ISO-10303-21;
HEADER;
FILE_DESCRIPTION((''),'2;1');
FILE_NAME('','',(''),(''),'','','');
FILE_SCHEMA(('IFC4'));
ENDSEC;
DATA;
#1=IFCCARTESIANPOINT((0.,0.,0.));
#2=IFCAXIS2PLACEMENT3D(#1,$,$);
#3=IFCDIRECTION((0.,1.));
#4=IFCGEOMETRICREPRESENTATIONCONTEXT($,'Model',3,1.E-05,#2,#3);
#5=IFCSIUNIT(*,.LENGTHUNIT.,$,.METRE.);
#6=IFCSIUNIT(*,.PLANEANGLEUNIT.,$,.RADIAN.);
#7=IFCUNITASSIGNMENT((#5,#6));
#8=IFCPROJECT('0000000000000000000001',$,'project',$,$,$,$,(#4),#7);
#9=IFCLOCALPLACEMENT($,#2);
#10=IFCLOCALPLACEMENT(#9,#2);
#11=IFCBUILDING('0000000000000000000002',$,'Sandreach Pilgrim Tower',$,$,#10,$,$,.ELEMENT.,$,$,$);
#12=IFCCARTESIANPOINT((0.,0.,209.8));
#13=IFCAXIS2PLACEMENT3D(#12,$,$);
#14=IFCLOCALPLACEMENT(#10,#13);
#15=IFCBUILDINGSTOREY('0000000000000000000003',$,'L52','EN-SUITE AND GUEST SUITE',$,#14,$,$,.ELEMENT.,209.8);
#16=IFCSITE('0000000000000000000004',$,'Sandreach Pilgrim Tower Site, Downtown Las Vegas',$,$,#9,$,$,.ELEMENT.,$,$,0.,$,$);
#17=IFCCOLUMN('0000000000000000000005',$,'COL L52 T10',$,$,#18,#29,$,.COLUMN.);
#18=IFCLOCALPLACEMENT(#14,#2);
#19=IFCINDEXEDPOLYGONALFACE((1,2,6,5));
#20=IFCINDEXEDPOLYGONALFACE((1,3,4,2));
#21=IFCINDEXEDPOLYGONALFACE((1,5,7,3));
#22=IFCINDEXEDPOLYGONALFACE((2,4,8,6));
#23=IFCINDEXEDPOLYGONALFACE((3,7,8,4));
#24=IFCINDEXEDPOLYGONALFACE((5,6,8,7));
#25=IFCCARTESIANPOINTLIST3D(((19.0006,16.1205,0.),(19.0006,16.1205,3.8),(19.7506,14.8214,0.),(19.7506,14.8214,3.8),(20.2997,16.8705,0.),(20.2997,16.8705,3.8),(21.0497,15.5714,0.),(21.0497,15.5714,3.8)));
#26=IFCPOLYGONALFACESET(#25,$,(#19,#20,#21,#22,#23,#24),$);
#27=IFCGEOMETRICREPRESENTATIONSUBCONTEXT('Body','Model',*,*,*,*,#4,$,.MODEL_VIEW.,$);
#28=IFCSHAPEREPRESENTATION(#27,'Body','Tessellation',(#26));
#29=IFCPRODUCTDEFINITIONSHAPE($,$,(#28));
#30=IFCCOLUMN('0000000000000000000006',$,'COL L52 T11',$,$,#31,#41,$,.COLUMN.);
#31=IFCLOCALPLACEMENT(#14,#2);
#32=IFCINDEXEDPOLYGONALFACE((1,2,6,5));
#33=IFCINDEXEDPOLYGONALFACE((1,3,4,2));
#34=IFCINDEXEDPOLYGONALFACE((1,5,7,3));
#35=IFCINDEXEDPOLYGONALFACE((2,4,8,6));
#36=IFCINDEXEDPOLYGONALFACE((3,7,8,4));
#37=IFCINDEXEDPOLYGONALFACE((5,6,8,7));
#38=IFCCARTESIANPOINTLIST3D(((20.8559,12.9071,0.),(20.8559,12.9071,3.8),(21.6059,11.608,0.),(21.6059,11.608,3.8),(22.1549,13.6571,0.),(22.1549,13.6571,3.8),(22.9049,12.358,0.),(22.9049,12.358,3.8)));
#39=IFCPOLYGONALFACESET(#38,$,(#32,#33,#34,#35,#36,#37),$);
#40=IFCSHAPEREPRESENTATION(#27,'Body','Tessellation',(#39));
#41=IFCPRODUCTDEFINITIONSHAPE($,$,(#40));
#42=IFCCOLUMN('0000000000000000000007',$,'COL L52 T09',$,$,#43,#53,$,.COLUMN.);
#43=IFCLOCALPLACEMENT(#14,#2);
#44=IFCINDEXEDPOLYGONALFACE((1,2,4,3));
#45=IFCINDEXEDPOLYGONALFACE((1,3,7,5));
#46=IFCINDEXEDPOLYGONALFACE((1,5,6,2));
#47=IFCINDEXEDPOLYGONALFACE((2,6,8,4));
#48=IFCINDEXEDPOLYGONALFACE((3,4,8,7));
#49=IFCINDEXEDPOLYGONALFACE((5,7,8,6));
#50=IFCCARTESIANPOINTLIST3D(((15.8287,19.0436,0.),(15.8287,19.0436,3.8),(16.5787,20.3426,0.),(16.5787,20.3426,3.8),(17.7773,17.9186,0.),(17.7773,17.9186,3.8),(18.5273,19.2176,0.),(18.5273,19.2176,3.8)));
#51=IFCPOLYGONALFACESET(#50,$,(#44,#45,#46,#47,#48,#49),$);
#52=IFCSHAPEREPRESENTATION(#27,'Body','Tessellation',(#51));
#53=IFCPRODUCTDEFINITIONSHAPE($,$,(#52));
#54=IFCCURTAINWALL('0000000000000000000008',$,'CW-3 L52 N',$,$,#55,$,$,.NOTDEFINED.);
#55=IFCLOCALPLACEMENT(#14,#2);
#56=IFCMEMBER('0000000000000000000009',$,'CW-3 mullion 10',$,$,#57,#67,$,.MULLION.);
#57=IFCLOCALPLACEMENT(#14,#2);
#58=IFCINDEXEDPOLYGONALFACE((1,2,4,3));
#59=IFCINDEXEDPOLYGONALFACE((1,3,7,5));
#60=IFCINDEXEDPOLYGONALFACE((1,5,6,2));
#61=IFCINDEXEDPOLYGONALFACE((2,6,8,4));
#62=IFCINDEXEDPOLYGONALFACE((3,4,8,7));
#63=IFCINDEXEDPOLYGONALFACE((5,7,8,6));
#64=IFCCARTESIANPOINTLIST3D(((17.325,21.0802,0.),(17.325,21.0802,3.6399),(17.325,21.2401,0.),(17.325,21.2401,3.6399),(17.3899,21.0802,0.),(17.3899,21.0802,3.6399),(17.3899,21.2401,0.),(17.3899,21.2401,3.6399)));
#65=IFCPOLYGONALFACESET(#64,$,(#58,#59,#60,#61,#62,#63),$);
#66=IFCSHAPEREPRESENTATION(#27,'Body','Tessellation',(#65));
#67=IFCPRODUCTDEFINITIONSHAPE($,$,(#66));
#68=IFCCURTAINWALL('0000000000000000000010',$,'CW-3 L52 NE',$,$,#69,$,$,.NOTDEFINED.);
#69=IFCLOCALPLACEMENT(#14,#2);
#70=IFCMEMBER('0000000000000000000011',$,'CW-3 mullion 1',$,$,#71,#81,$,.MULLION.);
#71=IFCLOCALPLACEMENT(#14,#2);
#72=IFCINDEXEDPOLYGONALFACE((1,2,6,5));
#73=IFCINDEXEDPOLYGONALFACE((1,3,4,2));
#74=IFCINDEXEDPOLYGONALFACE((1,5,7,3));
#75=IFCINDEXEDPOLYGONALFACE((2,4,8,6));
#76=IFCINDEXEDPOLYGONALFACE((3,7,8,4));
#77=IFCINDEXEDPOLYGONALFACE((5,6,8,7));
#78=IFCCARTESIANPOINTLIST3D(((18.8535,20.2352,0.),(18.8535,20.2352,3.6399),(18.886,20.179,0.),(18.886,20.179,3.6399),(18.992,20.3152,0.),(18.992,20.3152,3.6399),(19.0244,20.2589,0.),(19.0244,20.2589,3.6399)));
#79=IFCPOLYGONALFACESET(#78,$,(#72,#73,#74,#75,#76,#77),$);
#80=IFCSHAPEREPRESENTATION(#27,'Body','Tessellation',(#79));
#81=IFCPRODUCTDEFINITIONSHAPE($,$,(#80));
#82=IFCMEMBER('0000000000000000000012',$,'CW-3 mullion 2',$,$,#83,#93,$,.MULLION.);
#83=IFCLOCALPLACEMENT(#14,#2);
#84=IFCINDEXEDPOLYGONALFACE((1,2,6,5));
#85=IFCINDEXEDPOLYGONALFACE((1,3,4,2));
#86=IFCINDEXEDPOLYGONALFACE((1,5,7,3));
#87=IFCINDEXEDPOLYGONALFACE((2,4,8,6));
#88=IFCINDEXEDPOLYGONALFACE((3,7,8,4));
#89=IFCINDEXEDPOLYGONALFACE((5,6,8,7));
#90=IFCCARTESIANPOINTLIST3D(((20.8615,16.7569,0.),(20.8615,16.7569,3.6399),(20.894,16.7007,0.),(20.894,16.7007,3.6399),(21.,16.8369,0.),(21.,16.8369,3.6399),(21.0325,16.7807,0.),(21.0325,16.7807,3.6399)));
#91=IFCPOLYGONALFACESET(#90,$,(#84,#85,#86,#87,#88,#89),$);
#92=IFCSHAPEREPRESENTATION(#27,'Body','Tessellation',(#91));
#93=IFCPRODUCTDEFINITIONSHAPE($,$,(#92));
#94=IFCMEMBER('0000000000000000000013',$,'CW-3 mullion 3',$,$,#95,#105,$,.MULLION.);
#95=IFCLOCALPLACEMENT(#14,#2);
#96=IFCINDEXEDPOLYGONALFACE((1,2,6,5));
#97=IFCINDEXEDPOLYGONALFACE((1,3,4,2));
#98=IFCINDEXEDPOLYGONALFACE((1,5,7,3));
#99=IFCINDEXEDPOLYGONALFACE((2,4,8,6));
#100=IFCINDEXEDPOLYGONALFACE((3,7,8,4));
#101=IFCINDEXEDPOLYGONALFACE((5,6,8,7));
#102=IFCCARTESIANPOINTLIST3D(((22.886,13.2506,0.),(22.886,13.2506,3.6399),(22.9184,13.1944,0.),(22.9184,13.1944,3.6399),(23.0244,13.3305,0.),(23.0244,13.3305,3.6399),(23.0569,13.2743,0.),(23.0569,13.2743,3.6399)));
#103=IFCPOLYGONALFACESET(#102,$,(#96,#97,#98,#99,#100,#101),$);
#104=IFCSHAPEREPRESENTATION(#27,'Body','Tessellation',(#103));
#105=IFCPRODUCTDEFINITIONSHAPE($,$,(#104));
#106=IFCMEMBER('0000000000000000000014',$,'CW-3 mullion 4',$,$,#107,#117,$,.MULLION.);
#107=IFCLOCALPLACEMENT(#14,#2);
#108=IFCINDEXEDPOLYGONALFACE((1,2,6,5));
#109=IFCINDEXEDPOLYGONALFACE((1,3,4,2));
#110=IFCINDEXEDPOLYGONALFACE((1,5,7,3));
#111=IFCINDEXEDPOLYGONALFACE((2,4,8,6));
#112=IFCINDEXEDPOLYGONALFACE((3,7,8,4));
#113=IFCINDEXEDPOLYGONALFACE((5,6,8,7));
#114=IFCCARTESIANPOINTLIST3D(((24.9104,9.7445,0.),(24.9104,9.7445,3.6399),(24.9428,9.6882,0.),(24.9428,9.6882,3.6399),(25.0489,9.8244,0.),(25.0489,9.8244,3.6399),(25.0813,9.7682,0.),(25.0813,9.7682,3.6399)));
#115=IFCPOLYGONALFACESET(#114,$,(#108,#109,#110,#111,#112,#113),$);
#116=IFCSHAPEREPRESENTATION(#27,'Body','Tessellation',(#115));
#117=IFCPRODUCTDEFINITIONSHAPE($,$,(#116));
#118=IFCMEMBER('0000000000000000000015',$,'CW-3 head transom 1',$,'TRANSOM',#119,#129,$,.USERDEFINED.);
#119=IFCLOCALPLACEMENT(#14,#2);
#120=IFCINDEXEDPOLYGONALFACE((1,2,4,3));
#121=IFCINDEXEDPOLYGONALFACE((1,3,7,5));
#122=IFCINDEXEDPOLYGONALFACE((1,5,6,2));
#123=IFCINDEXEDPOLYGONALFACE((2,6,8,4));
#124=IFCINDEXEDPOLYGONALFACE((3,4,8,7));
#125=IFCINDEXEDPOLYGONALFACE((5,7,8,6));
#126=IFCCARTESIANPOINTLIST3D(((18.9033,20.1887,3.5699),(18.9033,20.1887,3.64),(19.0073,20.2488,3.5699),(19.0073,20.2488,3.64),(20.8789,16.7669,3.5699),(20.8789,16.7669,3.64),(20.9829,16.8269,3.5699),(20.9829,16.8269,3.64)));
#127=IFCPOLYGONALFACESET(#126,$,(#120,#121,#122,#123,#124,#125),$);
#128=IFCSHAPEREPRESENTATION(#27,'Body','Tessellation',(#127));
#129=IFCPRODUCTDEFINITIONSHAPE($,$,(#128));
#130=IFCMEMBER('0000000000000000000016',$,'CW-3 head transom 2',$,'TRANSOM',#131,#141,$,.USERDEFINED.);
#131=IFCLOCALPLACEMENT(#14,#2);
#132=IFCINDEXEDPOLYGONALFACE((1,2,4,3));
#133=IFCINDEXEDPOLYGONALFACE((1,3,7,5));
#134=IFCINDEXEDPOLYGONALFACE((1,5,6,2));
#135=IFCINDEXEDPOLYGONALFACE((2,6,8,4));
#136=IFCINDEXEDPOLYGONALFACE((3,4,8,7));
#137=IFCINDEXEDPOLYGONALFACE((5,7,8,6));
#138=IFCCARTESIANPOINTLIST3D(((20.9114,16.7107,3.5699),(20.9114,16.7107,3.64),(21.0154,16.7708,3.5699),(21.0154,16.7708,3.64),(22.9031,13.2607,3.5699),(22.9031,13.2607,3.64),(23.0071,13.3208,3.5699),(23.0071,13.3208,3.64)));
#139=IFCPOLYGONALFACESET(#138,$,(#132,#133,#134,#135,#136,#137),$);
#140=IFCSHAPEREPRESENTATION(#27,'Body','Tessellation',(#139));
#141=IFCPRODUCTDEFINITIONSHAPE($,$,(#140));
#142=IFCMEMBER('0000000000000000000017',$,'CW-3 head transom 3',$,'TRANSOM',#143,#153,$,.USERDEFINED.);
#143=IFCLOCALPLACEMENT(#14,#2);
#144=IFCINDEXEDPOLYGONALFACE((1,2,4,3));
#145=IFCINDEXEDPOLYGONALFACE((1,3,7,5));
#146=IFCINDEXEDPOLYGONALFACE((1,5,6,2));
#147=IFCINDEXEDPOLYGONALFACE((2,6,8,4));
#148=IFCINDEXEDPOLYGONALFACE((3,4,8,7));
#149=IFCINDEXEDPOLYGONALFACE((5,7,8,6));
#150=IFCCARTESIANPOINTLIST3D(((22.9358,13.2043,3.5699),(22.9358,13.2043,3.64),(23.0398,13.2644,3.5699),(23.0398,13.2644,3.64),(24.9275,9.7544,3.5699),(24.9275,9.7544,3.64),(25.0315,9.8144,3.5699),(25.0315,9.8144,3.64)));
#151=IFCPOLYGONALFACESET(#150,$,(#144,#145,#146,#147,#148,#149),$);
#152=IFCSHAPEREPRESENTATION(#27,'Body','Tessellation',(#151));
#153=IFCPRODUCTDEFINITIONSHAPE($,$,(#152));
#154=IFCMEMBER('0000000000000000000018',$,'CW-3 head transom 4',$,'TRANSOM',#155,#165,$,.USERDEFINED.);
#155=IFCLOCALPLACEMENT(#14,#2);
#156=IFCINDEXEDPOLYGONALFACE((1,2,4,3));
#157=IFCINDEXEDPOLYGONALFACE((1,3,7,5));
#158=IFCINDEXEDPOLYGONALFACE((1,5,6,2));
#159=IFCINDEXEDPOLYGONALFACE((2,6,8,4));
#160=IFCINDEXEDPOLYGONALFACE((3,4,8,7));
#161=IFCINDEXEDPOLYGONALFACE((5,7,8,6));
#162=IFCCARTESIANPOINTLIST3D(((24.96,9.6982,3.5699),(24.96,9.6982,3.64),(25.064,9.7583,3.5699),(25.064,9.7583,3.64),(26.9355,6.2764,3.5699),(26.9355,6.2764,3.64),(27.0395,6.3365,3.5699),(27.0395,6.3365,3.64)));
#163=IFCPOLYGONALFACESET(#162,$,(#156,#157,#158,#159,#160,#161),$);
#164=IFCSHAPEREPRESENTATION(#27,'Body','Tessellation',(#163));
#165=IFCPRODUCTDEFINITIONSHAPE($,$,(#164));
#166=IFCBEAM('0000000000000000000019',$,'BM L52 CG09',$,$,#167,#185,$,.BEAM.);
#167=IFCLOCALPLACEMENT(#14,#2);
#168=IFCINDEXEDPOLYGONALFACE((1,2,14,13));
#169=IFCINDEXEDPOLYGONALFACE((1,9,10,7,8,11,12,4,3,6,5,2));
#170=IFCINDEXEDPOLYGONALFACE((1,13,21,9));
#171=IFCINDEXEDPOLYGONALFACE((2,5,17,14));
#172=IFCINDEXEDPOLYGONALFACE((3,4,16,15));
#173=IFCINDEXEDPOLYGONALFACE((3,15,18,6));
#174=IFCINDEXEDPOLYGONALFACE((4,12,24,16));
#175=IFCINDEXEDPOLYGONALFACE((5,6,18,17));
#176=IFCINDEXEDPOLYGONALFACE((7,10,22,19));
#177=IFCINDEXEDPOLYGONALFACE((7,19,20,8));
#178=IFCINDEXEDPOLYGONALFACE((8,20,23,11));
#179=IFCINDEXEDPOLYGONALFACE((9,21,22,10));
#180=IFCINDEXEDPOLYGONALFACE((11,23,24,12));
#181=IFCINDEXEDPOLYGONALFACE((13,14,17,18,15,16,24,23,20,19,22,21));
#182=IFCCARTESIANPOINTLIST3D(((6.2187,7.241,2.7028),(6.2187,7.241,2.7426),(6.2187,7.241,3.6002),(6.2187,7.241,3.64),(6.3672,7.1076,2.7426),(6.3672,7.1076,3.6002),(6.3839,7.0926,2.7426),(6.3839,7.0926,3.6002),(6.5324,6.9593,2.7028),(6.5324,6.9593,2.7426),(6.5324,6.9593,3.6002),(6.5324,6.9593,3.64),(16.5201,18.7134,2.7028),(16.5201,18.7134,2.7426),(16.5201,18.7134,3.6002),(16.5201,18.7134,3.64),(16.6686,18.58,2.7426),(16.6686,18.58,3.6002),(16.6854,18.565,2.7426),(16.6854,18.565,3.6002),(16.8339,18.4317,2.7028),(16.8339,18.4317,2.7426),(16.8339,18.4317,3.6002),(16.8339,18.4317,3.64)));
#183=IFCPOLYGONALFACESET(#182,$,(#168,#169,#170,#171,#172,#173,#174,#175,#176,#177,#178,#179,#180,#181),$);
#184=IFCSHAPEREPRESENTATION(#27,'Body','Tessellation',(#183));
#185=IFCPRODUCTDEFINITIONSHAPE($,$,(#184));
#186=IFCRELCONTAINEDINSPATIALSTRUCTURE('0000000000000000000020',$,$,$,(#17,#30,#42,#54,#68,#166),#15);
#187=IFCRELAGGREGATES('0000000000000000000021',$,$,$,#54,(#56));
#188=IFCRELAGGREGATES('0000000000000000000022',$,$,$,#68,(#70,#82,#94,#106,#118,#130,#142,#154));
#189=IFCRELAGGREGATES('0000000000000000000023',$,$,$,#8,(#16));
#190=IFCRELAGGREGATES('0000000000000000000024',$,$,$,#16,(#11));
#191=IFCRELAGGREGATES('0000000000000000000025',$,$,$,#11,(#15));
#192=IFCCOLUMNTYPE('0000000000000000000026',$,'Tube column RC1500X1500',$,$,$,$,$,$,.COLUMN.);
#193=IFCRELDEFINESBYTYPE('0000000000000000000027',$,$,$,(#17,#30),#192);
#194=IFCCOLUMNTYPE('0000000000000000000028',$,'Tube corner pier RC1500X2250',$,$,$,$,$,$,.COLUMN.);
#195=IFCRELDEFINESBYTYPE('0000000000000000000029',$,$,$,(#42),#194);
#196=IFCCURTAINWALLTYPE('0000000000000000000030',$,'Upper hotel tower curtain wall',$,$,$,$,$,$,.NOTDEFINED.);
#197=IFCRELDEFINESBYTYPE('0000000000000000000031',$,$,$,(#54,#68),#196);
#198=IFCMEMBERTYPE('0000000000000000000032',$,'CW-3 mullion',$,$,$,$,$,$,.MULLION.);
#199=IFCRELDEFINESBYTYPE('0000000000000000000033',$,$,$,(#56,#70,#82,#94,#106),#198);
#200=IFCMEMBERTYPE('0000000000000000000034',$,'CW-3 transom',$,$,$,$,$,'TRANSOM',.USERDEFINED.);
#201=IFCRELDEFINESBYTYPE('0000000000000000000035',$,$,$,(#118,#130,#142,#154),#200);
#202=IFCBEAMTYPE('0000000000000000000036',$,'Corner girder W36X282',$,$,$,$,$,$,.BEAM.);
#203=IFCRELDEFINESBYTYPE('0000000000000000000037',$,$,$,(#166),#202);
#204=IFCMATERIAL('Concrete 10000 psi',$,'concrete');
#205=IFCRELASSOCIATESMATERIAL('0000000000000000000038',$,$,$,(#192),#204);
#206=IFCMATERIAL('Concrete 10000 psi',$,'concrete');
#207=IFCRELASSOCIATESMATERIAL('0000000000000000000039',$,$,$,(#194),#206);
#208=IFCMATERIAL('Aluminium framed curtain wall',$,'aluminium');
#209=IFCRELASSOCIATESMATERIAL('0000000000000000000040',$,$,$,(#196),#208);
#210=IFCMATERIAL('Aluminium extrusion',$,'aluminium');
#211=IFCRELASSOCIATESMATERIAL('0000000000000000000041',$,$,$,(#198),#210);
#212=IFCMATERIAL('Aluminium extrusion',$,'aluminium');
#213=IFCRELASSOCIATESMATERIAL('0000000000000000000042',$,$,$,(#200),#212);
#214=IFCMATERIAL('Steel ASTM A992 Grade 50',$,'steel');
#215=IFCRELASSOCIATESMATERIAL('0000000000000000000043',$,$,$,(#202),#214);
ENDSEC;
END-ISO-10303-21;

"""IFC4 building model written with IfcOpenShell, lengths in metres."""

from ifc_helpers import new_model, si_unit, direction, frame, origin, origin_2d, place, context, subcontext, project, spatial, rectangle, i_section, extrude, material, material_profile, profile_set, type_object, element, aggregate, save


model = new_model("IFC4")

# Units and contexts
model_context = context("Model", 3, precision=1e-05, world=origin(), true_north=direction((0.0, 1.0)))
body_context = subcontext(model_context, "Body", "Model", "MODEL_VIEW")
ifc_project = project(units=[si_unit("LENGTHUNIT", "METRE"), si_unit("PLANEANGLEUNIT", "RADIAN")], contexts=[model_context])

# Site, building, storey
site_placement = place(None, origin())
site = spatial("IfcSite", under=ifc_project, at=site_placement, Name="Sandreach Pilgrim Tower Site, Downtown Las Vegas", CompositionType="ELEMENT", RefElevation=0.0)
building_placement = place(site_placement, origin())
building = spatial("IfcBuilding", under=site, at=building_placement, Name="Sandreach Pilgrim Tower", CompositionType="ELEMENT")
storey_placement = place(building_placement, frame((0.0, 0.0, 209.8)))
storey = spatial("IfcBuildingStorey", under=building, at=storey_placement, Name="L52", Description="EN-SUITE AND GUEST SUITE", CompositionType="ELEMENT", Elevation=209.8)

# Columns
ifc_material_1 = material(Name="Concrete 10000 psi", Category="concrete")
ifc_material_profile_1 = material_profile(ifc_material_1, rectangle(XDim=1.5, YDim=1.5, at=origin_2d()), Name="RC1500X1500")
ifc_profile_set_1 = profile_set([ifc_material_profile_1], Name="Concrete 10000 psi")
column_type_1 = type_object("IfcColumnType", Name="Tube column RC1500X1500", PredefinedType="COLUMN", material=ifc_profile_set_1)
for number, where, z_axis, x_axis, name in (
    (1, (20.0251, 15.8459, 0.0), (0.0, 0.0, 1.0), (0.866025, 0.5, 0.0), "COL L52 T10"),
    (2, (21.8804, 12.6326, 0.0), (0.0, 0.0, 1.0), (0.866025, 0.5, 0.0), "COL L52 T11"),
):
    element("IfcColumn", number, at=place(storey_placement, frame(where, z_axis=z_axis, x_axis=x_axis)), inside=storey, type_object=column_type_1, Name=name, PredefinedType="COLUMN", context=body_context, shape_type="SweptSolid", body=[
        extrude(rectangle(XDim=1.5, YDim=1.5, at=origin_2d()), origin(), (0.0, 0.0, 1.0), 3.8),
    ])
ifc_material_2 = material(Name="Concrete 10000 psi", Category="concrete")
ifc_material_profile_2 = material_profile(ifc_material_2, rectangle(XDim=1.5, YDim=2.25, at=origin_2d()), Name="RC1500X2250")
ifc_profile_set_2 = profile_set([ifc_material_profile_2], Name="Concrete 10000 psi")
column_type_2 = type_object("IfcColumnType", Name="Tube corner pier RC1500X2250", PredefinedType="COLUMN", material=ifc_profile_set_2)
column_placement = place(storey_placement, frame((17.178, 19.1306, 0.0), z_axis=(0.0, 0.0, 1.0), x_axis=(0.5, 0.866025, 0.0)))
element("IfcColumn", 3, at=column_placement, inside=storey, type_object=column_type_2, Name="COL L52 T09", PredefinedType="COLUMN", context=body_context, shape_type="SweptSolid", body=[
    extrude(rectangle(XDim=1.5, YDim=2.25, at=origin_2d()), origin(), (0.0, 0.0, 1.0), 3.8),
])

# Curtain wall, member
ifc_material_3 = material(Name="Aluminium framed curtain wall", Category="aluminium")
curtain_wall_type = type_object("IfcCurtainWallType", Name="Upper hotel tower curtain wall", PredefinedType="NOTDEFINED", material=ifc_material_3)
curtain_wall_1_placement = place(storey_placement, origin())
curtain_wall_1 = element("IfcCurtainWall", 4, at=curtain_wall_1_placement, inside=storey, type_object=curtain_wall_type, Name="CW-3 L52 N", PredefinedType="NOTDEFINED")
ifc_material_4 = material(Name="Aluminium extrusion", Category="aluminium")
ifc_material_profile_3 = material_profile(ifc_material_4, rectangle(XDim=0.0649, YDim=0.1599, at=origin_2d()), Name="CW-3M 65X160")
ifc_profile_set_3 = profile_set([ifc_material_profile_3], Name="Aluminium extrusion")
member_type_1 = type_object("IfcMemberType", Name="CW-3 mullion", PredefinedType="MULLION", material=ifc_profile_set_3)
member_1_placement = place(storey_placement, frame((17.3574, 21.1602, 0.0), z_axis=(0.0, 0.0, 1.0), x_axis=(1.0, 0.0, 0.0)))
member_1 = element("IfcMember", 5, at=member_1_placement, type_object=member_type_1, Name="CW-3 mullion 10", PredefinedType="MULLION", context=body_context, shape_type="SweptSolid", body=[
    extrude(rectangle(XDim=0.0649, YDim=0.1599, at=origin_2d()), origin(), (0.0, 0.0, 1.0), 3.6399),
])

# Curtain wall, members
curtain_wall_2_placement = place(storey_placement, origin())
curtain_wall_2 = element("IfcCurtainWall", 6, at=curtain_wall_2_placement, inside=storey, type_object=curtain_wall_type, Name="CW-3 L52 NE", PredefinedType="NOTDEFINED")
member_2_placement = place(storey_placement, frame((18.939, 20.2471, 0.0), z_axis=(0.0, 0.0, 1.0), x_axis=(0.5, -0.866025, 0.0)))
member_2 = element("IfcMember", 7, at=member_2_placement, type_object=member_type_1, Name="CW-3 mullion 1", PredefinedType="MULLION", context=body_context, shape_type="SweptSolid", body=[
    extrude(rectangle(XDim=0.0649, YDim=0.1599, at=origin_2d()), origin(), (0.0, 0.0, 1.0), 3.6399),
])
member_3_placement = place(storey_placement, frame((20.947, 16.7688, 0.0), z_axis=(0.0, 0.0, 1.0), x_axis=(0.5, -0.866025, 0.0)))
member_3 = element("IfcMember", 8, at=member_3_placement, type_object=member_type_1, Name="CW-3 mullion 2", PredefinedType="MULLION", context=body_context, shape_type="SweptSolid", body=[
    extrude(rectangle(XDim=0.0649, YDim=0.1599, at=origin_2d()), origin(), (0.0, 0.0, 1.0), 3.6399),
])
member_4_placement = place(storey_placement, frame((22.9714, 13.2625, 0.0), z_axis=(0.0, 0.0, 1.0), x_axis=(0.5, -0.866025, 0.0)))
member_4 = element("IfcMember", 9, at=member_4_placement, type_object=member_type_1, Name="CW-3 mullion 3", PredefinedType="MULLION", context=body_context, shape_type="SweptSolid", body=[
    extrude(rectangle(XDim=0.0649, YDim=0.1599, at=origin_2d()), origin(), (0.0, 0.0, 1.0), 3.6399),
])
member_5_placement = place(storey_placement, frame((24.9958, 9.7563, 0.0), z_axis=(0.0, 0.0, 1.0), x_axis=(0.5, -0.866025, 0.0)))
member_5 = element("IfcMember", 10, at=member_5_placement, type_object=member_type_1, Name="CW-3 mullion 4", PredefinedType="MULLION", context=body_context, shape_type="SweptSolid", body=[
    extrude(rectangle(XDim=0.0649, YDim=0.1599, at=origin_2d()), origin(), (0.0, 0.0, 1.0), 3.6399),
])
ifc_material_5 = material(Name="Aluminium extrusion", Category="aluminium")
ifc_material_profile_4 = material_profile(ifc_material_5, rectangle(XDim=0.1201, YDim=0.0701, at=origin_2d()), Name="CW-3T 120X70")
ifc_profile_set_4 = profile_set([ifc_material_profile_4], Name="Aluminium extrusion")
member_type_2 = type_object("IfcMemberType", Name="CW-3 transom", ElementType="TRANSOM", PredefinedType="USERDEFINED", material=ifc_profile_set_4)
member_6_placement = place(storey_placement, frame((18.9553, 20.2188, 3.605), z_axis=(0.499993, -0.866029, 0.0), x_axis=(0.866029, 0.499993, 0.0)))
member_6 = element("IfcMember", 11, at=member_6_placement, type_object=member_type_2, Name="CW-3 head transom 1", ObjectType="TRANSOM", PredefinedType="USERDEFINED", context=body_context, shape_type="SweptSolid", body=[
    extrude(rectangle(XDim=0.1201, YDim=0.0701, at=origin_2d()), origin(), (0.0, 0.0, 1.0), 3.9512),
])
member_7_placement = place(storey_placement, frame((20.9634, 16.7407, 3.605), z_axis=(0.499975, -0.86604, 0.0), x_axis=(0.86604, 0.499975, 0.0)))
member_7 = element("IfcMember", 12, at=member_7_placement, type_object=member_type_2, Name="CW-3 head transom 2", ObjectType="TRANSOM", PredefinedType="USERDEFINED", context=body_context, shape_type="SweptSolid", body=[
    extrude(rectangle(XDim=0.1201, YDim=0.0701, at=origin_2d()), origin(), (0.0, 0.0, 1.0), 3.9836),
])
member_8_placement = place(storey_placement, frame((22.9878, 13.2344, 3.605), z_axis=(0.499975, -0.86604, 0.0), x_axis=(0.86604, 0.499975, 0.0)))
member_8 = element("IfcMember", 13, at=member_8_placement, type_object=member_type_2, Name="CW-3 head transom 3", ObjectType="TRANSOM", PredefinedType="USERDEFINED", context=body_context, shape_type="SweptSolid", body=[
    extrude(rectangle(XDim=0.1201, YDim=0.0701, at=origin_2d()), origin(), (0.0, 0.0, 1.0), 3.9836),
])
member_9_placement = place(storey_placement, frame((25.012, 9.7283, 3.605), z_axis=(0.499993, -0.866029, 0.0), x_axis=(0.866029, 0.499993, 0.0)))
member_9 = element("IfcMember", 14, at=member_9_placement, type_object=member_type_2, Name="CW-3 head transom 4", ObjectType="TRANSOM", PredefinedType="USERDEFINED", context=body_context, shape_type="SweptSolid", body=[
    extrude(rectangle(XDim=0.1201, YDim=0.0701, at=origin_2d()), origin(), (0.0, 0.0, 1.0), 3.9512),
])

# Beam
ifc_material_6 = material(Name="Steel ASTM A992 Grade 50", Category="steel")
ifc_material_profile_5 = material_profile(ifc_material_6, i_section(OverallWidth=0.4216, OverallDepth=0.9373, WebThickness=0.0225, FlangeThickness=0.0398, at=origin_2d()), Name="W36X282")
ifc_profile_set_5 = profile_set([ifc_material_profile_5], Name="Steel ASTM A992 Grade 50")
beam_type_1 = type_object("IfcBeamType", Name="Corner girder W36X282", PredefinedType="BEAM", material=ifc_profile_set_5)
beam_1_placement = place(storey_placement, frame((16.677, 18.5725, 3.1714), z_axis=(-0.668117, -0.744057, 0.0), x_axis=(0.744057, -0.668117, 0.0)))
element("IfcBeam", 15, at=beam_1_placement, inside=storey, type_object=beam_type_1, Name="BM L52 CG09", PredefinedType="BEAM", context=body_context, shape_type="SweptSolid", body=[
    extrude(i_section(OverallWidth=0.4216, OverallDepth=0.9373, WebThickness=0.0225, FlangeThickness=0.0398, at=origin_2d()), origin(), (0.0, 0.0, 1.0), 15.4187),
])

aggregate(curtain_wall_1, [member_1])
aggregate(curtain_wall_2, [member_2, member_3, member_4, member_5, member_6, member_7, member_8, member_9])

save(model, "model.ifc")
